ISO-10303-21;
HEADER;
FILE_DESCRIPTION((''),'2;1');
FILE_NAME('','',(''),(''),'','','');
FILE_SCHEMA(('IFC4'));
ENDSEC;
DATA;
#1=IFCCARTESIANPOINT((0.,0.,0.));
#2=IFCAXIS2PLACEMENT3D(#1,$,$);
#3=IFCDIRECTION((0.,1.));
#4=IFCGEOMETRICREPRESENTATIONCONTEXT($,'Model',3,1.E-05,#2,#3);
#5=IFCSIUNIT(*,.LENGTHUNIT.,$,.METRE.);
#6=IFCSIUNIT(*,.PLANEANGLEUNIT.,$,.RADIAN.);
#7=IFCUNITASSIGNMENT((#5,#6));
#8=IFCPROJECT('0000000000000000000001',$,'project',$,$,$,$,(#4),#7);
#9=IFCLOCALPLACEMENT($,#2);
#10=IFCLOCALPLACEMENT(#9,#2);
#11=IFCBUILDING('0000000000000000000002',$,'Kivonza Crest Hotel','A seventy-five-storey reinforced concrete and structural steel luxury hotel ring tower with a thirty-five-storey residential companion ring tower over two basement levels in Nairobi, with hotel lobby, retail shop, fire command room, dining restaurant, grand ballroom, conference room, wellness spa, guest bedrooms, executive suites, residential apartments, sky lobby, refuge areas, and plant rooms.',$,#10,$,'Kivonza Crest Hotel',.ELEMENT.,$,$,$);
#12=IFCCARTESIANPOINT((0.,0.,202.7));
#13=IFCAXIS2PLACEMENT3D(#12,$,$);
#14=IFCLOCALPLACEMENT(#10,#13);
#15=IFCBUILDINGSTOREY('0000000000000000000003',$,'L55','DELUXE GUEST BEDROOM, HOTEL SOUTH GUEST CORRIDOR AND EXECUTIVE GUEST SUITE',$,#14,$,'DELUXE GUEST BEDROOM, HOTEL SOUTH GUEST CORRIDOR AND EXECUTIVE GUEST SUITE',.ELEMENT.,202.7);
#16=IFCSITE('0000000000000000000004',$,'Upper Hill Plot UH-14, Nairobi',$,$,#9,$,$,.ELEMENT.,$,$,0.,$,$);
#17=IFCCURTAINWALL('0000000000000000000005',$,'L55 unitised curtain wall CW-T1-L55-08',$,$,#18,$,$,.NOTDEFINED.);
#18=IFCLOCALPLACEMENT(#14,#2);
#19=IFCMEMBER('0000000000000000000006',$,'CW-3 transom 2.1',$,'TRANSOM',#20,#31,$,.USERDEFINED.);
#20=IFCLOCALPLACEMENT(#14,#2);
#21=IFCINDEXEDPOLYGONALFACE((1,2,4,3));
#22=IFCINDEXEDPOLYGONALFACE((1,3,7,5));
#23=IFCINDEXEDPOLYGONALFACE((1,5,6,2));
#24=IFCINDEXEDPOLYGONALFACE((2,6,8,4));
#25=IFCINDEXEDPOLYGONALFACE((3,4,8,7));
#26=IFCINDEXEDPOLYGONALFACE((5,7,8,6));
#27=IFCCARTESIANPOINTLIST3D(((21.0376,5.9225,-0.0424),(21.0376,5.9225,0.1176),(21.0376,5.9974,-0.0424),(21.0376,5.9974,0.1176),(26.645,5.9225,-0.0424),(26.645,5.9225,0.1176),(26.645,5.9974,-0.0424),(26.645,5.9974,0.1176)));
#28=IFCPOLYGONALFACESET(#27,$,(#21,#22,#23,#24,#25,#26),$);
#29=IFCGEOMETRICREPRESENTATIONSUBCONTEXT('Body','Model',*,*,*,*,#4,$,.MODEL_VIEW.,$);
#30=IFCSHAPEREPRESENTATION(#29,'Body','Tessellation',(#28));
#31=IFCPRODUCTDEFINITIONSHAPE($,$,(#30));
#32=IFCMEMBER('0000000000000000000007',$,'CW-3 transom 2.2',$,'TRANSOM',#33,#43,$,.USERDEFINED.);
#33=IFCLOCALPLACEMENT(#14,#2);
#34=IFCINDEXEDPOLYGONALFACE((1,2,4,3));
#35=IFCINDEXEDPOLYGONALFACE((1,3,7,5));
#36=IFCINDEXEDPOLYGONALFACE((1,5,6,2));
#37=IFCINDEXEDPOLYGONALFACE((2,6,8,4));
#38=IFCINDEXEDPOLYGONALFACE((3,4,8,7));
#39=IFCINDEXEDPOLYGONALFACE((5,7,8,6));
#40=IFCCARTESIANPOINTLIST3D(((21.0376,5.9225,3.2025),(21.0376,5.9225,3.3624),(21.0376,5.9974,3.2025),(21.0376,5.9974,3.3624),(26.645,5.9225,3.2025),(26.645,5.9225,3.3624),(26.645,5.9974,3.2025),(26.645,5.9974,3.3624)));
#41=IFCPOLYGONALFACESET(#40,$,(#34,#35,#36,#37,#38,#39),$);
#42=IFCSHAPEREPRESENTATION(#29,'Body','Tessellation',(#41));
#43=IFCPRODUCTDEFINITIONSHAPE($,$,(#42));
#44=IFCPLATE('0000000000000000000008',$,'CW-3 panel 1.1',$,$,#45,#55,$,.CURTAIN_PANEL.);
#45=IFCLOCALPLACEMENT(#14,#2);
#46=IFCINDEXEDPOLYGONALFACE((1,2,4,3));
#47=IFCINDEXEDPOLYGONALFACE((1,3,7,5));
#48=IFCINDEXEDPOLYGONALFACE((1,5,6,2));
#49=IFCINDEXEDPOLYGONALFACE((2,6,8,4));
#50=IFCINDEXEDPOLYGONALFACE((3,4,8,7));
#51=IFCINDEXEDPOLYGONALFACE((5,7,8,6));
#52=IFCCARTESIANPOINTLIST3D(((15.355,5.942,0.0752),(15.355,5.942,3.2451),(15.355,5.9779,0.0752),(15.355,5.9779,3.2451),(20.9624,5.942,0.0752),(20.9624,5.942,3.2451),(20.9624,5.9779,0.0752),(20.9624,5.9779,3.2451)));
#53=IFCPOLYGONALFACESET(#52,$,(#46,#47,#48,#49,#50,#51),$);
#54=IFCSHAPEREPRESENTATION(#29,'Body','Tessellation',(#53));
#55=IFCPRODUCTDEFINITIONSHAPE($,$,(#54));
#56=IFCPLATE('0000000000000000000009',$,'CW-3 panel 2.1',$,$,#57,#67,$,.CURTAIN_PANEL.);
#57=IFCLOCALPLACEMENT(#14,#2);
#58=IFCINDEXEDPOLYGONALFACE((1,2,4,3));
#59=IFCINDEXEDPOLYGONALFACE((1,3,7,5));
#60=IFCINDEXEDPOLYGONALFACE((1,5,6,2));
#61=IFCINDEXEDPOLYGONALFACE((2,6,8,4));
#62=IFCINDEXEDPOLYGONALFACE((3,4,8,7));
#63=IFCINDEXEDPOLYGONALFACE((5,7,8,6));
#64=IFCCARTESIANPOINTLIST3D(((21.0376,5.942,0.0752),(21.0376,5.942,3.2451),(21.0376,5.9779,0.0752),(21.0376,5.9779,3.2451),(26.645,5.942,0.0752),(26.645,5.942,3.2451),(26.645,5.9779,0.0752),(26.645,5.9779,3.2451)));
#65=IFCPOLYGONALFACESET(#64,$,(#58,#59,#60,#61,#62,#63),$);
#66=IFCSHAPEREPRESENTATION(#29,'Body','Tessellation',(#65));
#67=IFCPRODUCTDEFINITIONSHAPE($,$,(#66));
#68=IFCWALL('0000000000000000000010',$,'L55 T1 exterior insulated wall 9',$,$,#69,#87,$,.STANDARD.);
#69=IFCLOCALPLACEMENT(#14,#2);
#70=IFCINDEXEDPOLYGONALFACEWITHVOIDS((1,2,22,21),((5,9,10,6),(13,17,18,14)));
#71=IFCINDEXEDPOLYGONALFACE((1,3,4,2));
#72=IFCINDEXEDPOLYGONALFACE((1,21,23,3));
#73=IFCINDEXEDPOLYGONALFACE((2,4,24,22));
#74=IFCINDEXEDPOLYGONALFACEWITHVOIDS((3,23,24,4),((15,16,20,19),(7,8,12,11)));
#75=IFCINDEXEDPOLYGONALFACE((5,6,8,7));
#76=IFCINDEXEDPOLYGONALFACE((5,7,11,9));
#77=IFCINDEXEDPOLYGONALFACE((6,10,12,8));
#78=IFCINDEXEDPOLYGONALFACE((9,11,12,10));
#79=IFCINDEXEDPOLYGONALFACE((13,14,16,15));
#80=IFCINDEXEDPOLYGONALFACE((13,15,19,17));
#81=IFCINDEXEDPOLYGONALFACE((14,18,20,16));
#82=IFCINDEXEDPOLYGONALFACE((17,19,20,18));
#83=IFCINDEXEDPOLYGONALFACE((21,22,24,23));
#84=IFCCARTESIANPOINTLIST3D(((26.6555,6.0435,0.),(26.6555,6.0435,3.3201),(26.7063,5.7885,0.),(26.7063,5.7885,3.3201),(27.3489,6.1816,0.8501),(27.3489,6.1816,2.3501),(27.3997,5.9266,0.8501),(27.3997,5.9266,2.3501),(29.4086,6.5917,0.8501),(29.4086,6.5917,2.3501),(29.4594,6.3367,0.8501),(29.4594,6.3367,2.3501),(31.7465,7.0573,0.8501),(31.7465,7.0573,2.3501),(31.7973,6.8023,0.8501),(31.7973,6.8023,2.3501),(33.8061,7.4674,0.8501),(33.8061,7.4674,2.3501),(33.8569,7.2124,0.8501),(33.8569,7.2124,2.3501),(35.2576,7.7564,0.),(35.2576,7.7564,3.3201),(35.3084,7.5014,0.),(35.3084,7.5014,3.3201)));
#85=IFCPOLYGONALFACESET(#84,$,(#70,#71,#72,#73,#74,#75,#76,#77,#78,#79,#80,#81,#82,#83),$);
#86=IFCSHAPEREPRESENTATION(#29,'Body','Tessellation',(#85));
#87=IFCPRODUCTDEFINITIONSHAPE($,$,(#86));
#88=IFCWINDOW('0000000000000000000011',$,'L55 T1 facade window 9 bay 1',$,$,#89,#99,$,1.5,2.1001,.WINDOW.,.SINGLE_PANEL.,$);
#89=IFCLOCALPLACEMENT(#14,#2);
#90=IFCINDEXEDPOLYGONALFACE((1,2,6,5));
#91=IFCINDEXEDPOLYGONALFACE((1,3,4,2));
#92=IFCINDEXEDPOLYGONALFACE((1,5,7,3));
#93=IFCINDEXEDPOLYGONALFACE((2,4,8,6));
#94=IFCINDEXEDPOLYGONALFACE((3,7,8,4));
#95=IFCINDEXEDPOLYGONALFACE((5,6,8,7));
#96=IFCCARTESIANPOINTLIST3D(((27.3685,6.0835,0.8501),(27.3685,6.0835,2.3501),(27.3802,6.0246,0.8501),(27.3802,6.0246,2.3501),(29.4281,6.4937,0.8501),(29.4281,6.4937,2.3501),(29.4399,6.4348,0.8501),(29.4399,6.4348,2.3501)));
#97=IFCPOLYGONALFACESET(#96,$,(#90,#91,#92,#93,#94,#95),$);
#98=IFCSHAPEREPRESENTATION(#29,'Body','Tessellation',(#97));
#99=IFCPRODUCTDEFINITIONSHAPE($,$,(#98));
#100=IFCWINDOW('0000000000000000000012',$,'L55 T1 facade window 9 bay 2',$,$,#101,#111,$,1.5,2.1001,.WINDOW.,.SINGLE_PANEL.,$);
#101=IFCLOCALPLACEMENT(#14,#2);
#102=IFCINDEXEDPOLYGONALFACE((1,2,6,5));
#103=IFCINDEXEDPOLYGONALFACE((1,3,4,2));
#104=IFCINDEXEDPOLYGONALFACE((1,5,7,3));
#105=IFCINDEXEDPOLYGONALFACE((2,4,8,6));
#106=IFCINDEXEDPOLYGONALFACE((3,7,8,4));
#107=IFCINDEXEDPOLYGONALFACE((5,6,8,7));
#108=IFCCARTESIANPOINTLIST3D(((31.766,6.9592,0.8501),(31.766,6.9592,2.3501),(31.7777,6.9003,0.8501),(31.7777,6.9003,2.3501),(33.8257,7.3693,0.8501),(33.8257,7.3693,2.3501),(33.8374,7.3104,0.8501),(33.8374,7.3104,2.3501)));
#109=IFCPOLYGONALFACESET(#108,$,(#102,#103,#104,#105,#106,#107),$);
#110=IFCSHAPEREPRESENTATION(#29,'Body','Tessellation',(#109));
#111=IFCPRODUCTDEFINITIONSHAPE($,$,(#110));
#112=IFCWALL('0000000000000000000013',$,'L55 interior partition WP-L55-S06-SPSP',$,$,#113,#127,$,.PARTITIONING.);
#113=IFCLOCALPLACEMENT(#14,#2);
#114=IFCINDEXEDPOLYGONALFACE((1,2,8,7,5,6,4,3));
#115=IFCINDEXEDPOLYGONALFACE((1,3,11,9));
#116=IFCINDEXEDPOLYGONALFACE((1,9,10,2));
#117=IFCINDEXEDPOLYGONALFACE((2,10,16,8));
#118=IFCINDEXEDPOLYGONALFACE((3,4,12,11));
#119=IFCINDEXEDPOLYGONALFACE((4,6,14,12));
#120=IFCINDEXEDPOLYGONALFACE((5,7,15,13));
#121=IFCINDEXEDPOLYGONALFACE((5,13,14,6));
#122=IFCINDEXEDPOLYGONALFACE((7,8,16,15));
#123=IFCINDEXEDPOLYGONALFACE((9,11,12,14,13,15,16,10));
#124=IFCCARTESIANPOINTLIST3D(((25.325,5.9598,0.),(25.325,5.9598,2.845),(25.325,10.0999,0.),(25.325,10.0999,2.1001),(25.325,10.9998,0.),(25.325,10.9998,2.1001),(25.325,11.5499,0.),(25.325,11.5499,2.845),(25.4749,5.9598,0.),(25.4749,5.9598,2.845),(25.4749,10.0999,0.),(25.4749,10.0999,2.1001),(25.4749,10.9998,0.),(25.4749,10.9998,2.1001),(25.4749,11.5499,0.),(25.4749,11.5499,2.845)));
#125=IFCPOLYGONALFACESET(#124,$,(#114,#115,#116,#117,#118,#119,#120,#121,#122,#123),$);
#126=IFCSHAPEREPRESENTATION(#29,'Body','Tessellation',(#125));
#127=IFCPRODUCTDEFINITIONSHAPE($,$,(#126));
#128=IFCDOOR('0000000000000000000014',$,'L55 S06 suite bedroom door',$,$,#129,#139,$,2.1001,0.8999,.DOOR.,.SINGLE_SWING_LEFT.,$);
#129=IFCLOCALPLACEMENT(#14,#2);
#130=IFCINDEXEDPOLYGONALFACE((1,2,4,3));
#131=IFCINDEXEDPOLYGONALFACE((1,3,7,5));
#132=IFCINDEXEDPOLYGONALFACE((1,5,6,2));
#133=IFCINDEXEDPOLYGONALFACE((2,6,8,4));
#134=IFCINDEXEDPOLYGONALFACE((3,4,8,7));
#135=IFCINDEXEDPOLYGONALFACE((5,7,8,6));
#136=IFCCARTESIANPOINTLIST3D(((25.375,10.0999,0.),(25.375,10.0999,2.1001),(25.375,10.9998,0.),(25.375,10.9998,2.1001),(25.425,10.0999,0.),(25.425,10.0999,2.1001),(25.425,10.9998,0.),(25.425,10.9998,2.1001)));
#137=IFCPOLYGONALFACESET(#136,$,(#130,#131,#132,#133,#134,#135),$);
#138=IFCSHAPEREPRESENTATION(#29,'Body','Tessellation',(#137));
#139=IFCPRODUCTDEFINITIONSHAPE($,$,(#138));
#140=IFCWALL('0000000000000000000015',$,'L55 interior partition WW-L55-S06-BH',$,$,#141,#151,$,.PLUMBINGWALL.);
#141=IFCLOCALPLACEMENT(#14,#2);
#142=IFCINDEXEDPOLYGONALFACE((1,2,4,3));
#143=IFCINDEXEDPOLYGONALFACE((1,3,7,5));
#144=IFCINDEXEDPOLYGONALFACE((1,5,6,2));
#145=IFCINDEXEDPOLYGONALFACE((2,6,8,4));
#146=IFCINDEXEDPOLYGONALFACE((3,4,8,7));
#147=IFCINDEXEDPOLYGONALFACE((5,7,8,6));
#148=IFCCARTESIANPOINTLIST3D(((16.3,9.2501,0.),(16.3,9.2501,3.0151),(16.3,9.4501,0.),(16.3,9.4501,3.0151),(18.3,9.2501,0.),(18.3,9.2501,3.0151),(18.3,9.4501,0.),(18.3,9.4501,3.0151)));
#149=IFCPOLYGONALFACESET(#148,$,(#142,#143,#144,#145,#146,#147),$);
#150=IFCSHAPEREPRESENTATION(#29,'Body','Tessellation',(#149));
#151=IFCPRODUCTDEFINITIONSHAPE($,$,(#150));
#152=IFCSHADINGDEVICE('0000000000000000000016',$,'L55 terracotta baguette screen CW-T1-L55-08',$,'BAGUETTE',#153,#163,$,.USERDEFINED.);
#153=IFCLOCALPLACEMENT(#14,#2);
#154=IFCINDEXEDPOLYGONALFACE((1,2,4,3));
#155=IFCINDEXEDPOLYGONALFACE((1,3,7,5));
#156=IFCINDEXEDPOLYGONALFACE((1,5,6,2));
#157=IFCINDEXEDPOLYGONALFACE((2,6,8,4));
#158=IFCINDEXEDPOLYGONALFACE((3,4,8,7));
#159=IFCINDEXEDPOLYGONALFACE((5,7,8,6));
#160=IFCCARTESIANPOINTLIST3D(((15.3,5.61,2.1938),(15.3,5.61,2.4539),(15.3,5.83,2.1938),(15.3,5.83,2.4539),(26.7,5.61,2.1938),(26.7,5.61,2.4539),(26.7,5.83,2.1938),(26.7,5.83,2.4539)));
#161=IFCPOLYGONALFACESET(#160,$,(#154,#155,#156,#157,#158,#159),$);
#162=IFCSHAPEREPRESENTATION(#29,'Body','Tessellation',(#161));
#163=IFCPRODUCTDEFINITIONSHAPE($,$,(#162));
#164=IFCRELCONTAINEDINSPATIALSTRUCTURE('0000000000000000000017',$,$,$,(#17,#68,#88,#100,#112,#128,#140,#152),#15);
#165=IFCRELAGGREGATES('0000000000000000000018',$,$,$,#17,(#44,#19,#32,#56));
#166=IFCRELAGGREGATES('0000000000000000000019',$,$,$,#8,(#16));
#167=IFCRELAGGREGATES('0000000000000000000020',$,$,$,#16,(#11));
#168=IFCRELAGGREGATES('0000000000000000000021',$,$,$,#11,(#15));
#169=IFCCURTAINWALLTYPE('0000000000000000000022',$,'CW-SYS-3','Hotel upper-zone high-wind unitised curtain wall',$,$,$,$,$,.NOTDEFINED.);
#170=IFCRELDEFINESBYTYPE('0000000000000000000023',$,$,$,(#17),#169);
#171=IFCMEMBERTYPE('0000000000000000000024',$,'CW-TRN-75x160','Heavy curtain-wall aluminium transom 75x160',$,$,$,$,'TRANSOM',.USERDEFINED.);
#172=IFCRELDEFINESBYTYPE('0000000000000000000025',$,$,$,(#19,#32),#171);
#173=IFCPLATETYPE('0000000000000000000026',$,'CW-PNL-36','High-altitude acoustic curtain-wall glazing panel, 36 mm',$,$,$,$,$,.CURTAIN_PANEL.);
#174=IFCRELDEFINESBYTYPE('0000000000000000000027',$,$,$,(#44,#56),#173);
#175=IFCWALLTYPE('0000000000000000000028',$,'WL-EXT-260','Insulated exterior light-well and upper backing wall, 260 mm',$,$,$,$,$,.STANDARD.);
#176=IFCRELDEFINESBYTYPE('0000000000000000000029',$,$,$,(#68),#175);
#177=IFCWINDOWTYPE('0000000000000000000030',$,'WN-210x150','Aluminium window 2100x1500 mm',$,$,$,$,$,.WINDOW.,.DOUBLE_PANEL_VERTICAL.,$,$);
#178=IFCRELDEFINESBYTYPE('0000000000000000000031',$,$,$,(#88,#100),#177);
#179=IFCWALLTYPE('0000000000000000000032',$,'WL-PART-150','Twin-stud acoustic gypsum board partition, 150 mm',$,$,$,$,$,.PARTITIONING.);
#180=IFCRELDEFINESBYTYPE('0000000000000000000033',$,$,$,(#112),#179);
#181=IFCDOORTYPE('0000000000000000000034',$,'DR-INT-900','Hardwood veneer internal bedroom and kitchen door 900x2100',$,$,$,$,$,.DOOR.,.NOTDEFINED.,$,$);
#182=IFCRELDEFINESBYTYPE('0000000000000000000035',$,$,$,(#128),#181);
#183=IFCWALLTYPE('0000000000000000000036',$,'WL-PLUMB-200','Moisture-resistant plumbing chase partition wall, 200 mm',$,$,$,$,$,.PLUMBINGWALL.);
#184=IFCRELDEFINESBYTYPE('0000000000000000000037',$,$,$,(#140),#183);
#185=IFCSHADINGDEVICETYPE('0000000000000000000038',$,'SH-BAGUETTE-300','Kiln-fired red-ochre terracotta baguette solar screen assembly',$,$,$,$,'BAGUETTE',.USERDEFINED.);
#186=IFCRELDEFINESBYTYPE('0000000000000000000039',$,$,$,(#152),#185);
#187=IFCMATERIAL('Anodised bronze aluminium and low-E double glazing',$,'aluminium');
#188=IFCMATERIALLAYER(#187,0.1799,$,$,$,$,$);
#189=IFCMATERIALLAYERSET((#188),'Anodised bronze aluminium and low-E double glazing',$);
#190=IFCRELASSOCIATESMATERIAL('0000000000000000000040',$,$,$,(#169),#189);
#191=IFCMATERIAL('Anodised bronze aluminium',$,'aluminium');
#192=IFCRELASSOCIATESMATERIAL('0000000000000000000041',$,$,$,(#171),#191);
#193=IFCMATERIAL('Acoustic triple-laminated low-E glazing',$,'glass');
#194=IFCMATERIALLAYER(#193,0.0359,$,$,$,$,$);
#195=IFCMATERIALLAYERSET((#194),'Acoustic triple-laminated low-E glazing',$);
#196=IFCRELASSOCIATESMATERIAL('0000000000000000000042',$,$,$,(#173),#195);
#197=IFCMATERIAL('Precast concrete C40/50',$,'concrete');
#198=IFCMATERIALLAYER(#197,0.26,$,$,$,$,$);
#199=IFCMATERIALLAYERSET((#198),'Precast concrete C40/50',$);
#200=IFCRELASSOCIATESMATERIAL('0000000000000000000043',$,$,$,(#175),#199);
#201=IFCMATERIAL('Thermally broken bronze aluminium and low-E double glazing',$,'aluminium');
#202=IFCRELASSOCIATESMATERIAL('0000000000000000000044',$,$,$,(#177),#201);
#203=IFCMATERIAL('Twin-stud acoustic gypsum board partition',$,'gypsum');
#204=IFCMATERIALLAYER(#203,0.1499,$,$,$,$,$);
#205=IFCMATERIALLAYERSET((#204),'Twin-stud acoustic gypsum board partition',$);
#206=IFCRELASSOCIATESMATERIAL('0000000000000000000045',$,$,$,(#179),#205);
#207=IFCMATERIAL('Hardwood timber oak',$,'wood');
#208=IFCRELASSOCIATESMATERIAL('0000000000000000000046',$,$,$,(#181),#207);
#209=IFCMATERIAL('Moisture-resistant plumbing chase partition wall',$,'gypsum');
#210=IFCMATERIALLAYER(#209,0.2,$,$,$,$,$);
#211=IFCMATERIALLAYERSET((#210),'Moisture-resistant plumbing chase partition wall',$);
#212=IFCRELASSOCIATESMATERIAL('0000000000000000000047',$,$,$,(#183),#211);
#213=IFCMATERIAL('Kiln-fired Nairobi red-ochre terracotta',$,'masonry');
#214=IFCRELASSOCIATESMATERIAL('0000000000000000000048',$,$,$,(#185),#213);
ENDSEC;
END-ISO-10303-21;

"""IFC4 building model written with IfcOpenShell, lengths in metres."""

from ifc_helpers import new_model, si_unit, direction, frame, frame_2d, origin, origin_2d, place, context, subcontext, project, spatial, rectangle, extrude, material, layer, layer_set, material_profile, profile_set, type_object, element, fill, aggregate, save


model = new_model("IFC4")

# Units and contexts
model_context = context("Model", 3, precision=1e-05, world=origin(), true_north=direction((0.0, 1.0)))
body_context = subcontext(model_context, "Body", "Model", "MODEL_VIEW")
ifc_project = project(units=[si_unit("LENGTHUNIT", "METRE"), si_unit("PLANEANGLEUNIT", "RADIAN")], contexts=[model_context])

# Site, building, storey
site_placement = place(None, origin())
site = spatial("IfcSite", under=ifc_project, at=site_placement, Name="Upper Hill Plot UH-14, Nairobi", CompositionType="ELEMENT", RefElevation=0.0)
building_placement = place(site_placement, origin())
building = spatial("IfcBuilding", under=site, at=building_placement, Name="Kivonza Crest Hotel", Description="A seventy-five-storey reinforced concrete and structural steel luxury hotel ring tower with a thirty-five-storey residential companion ring tower over two basement levels in Nairobi, with hotel lobby, retail shop, fire command room, dining restaurant, grand ballroom, conference room, wellness spa, guest bedrooms, executive suites, residential apartments, sky lobby, refuge areas, and plant rooms.", LongName="Kivonza Crest Hotel", CompositionType="ELEMENT")
storey_placement = place(building_placement, frame((0.0, 0.0, 202.7)))
storey = spatial("IfcBuildingStorey", under=building, at=storey_placement, Name="L55", Description="DELUXE GUEST BEDROOM, HOTEL SOUTH GUEST CORRIDOR AND EXECUTIVE GUEST SUITE", LongName="DELUXE GUEST BEDROOM, HOTEL SOUTH GUEST CORRIDOR AND EXECUTIVE GUEST SUITE", CompositionType="ELEMENT", Elevation=202.7)

# Curtain wall, members, plates
ifc_material_1 = material(Name="Anodised bronze aluminium and low-E double glazing", Category="aluminium")
ifc_layer_1 = layer(ifc_material_1, 0.1799)
ifc_layer_set_1 = layer_set([ifc_layer_1], Name="Anodised bronze aluminium and low-E double glazing")
curtain_wall_type = type_object("IfcCurtainWallType", Name="CW-SYS-3", Description="Hotel upper-zone high-wind unitised curtain wall", PredefinedType="NOTDEFINED", material=ifc_layer_set_1)
curtain_wall_placement = place(storey_placement, origin())
curtain_wall = element("IfcCurtainWall", 1, at=curtain_wall_placement, inside=storey, type_object=curtain_wall_type, Name="L55 unitised curtain wall CW-T1-L55-08", PredefinedType="NOTDEFINED")
ifc_material_2 = material(Name="Anodised bronze aluminium", Category="aluminium")
ifc_material_profile_1 = material_profile(ifc_material_2, rectangle(XDim=0.075, YDim=0.1599, at=origin_2d()), Name="CW-T 75x160")
ifc_profile_set_1 = profile_set([ifc_material_profile_1], Name="Anodised bronze aluminium")
member_type_1 = type_object("IfcMemberType", Name="CW-TRN-75x160", Description="Heavy curtain-wall aluminium transom 75x160", ElementType="TRANSOM", PredefinedType="USERDEFINED", material=ifc_profile_set_1)
member_1_placement = place(storey_placement, frame((21.0376, 5.96, 0.0376), z_axis=(1.0, 0.0, 0.0), x_axis=(0.0, 1.0, 0.0)))
member_1 = element("IfcMember", 2, at=member_1_placement, type_object=member_type_1, Name="CW-3 transom 2.1", ObjectType="TRANSOM", PredefinedType="USERDEFINED", context=body_context, shape_type="SweptSolid", body=[
    extrude(rectangle(XDim=0.075, YDim=0.1599, at=origin_2d()), origin(), (0.0, 0.0, 1.0), 5.6074),
])
member_2_placement = place(storey_placement, frame((21.0376, 5.96, 3.2825), z_axis=(1.0, 0.0, 0.0), x_axis=(0.0, 1.0, 0.0)))
member_2 = element("IfcMember", 3, at=member_2_placement, type_object=member_type_1, Name="CW-3 transom 2.2", ObjectType="TRANSOM", PredefinedType="USERDEFINED", context=body_context, shape_type="SweptSolid", body=[
    extrude(rectangle(XDim=0.075, YDim=0.1599, at=origin_2d()), origin(), (0.0, 0.0, 1.0), 5.6074),
])
ifc_material_3 = material(Name="Acoustic triple-laminated low-E glazing", Category="glass")
ifc_layer_2 = layer(ifc_material_3, 0.0359)
ifc_layer_set_2 = layer_set([ifc_layer_2], Name="Acoustic triple-laminated low-E glazing")
plate_type = type_object("IfcPlateType", Name="CW-PNL-36", Description="High-altitude acoustic curtain-wall glazing panel, 36 mm", PredefinedType="CURTAIN_PANEL", material=ifc_layer_set_2)
plate_1_placement = place(storey_placement, frame((18.1587, 5.96, 0.0752), z_axis=(0.0, 0.0, 1.0), x_axis=(1.0, 0.0, 0.0)))
plate_1 = element("IfcPlate", 4, at=plate_1_placement, type_object=plate_type, Name="CW-3 panel 1.1", PredefinedType="CURTAIN_PANEL", context=body_context, shape_type="SweptSolid", body=[
    extrude(rectangle(XDim=5.6074, YDim=0.0359, at=origin_2d()), origin(), (0.0, 0.0, 1.0), 3.1699),
])
plate_2_placement = place(storey_placement, frame((23.8413, 5.96, 0.0752), z_axis=(0.0, 0.0, 1.0), x_axis=(1.0, 0.0, 0.0)))
plate_2 = element("IfcPlate", 5, at=plate_2_placement, type_object=plate_type, Name="CW-3 panel 2.1", PredefinedType="CURTAIN_PANEL", context=body_context, shape_type="SweptSolid", body=[
    extrude(rectangle(XDim=5.6074, YDim=0.0359, at=origin_2d()), origin(), (0.0, 0.0, 1.0), 3.1699),
])
aggregate(curtain_wall, [plate_1, member_1, member_2, plate_2])

# Wall, openings, windows
ifc_material_4 = material(Name="Precast concrete C40/50", Category="concrete")
ifc_layer_3 = layer(ifc_material_4, 0.26)
ifc_layer_set_3 = layer_set([ifc_layer_3], Name="Precast concrete C40/50")
wall_type_1 = type_object("IfcWallType", Name="WL-EXT-260", Description="Insulated exterior light-well and upper backing wall, 260 mm", PredefinedType="STANDARD", material=ifc_layer_set_3)
wall_1_placement = place(storey_placement, frame((26.6809, 5.916, 0.0), z_axis=(0.0, 0.0, 1.0), x_axis=(0.980745, 0.195292, 0.0)))
wall_1 = element("IfcWall", 6, at=wall_1_placement, inside=storey, type_object=wall_type_1, Name="L55 T1 exterior insulated wall 9", PredefinedType="STANDARD", context=body_context, shape_type="SweptSolid", body=[
    extrude(rectangle(XDim=8.771, YDim=0.26, at=frame_2d((4.3855, 0.0))), origin(), (0.0, 0.0, 1.0), 3.3201),
])
opening_1_placement = place(wall_1_placement, frame((0.707, 0.0, 0.8501)))
opening_1 = element("IfcOpeningElement", 7, at=opening_1_placement, cuts=wall_1, PredefinedType="OPENING", context=body_context, shape_type="SweptSolid", body=[
    extrude(rectangle(XDim=2.1001, YDim=1.5, at=frame_2d((1.05, 0.75))), frame((0.0, 0.1401, 0.0), z_axis=(0.0, -1.0, 0.0), x_axis=(1.0, 0.0, 0.0)), (0.0, 0.0, 1.0), 0.28),
])
opening_2_placement = place(wall_1_placement, frame((5.1909, 0.0, 0.8501)))
opening_2 = element("IfcOpeningElement", 8, at=opening_2_placement, cuts=wall_1, PredefinedType="OPENING", context=body_context, shape_type="SweptSolid", body=[
    extrude(rectangle(XDim=2.1001, YDim=1.5, at=frame_2d((1.05, 0.75))), frame((0.0, 0.1401, 0.0), z_axis=(0.0, -1.0, 0.0), x_axis=(1.0, 0.0, 0.0)), (0.0, 0.0, 1.0), 0.28),
])
ifc_material_5 = material(Name="Thermally broken bronze aluminium and low-E double glazing", Category="aluminium")
window_type = type_object("IfcWindowType", Name="WN-210x150", Description="Aluminium window 2100x1500 mm", PartitioningType="DOUBLE_PANEL_VERTICAL", PredefinedType="WINDOW", material=ifc_material_5)
window_1_placement = place(opening_1_placement, origin())
window_1 = element("IfcWindow", 9, at=window_1_placement, inside=storey, type_object=window_type, Name="L55 T1 facade window 9 bay 1", OverallHeight=1.5, OverallWidth=2.1001, PartitioningType="SINGLE_PANEL", PredefinedType="WINDOW", context=body_context, shape_type="SweptSolid", body=[
    extrude(rectangle(XDim=2.1001, YDim=1.5, at=frame_2d((1.05, 0.75))), frame((0.0, 0.03, 0.0), z_axis=(0.0, -1.0, 0.0), x_axis=(1.0, 0.0, 0.0)), (0.0, 0.0, 1.0), 0.0601),
])
fill(opening_1, window_1)
window_2_placement = place(opening_2_placement, origin())
window_2 = element("IfcWindow", 10, at=window_2_placement, inside=storey, type_object=window_type, Name="L55 T1 facade window 9 bay 2", OverallHeight=1.5, OverallWidth=2.1001, PartitioningType="SINGLE_PANEL", PredefinedType="WINDOW", context=body_context, shape_type="SweptSolid", body=[
    extrude(rectangle(XDim=2.1001, YDim=1.5, at=frame_2d((1.05, 0.75))), frame((0.0, 0.03, 0.0), z_axis=(0.0, -1.0, 0.0), x_axis=(1.0, 0.0, 0.0)), (0.0, 0.0, 1.0), 0.0601),
])
fill(opening_2, window_2)

# Wall, opening, door
ifc_material_6 = material(Name="Twin-stud acoustic gypsum board partition", Category="gypsum")
ifc_layer_4 = layer(ifc_material_6, 0.1499)
ifc_layer_set_4 = layer_set([ifc_layer_4], Name="Twin-stud acoustic gypsum board partition")
wall_type_2 = type_object("IfcWallType", Name="WL-PART-150", Description="Twin-stud acoustic gypsum board partition, 150 mm", PredefinedType="PARTITIONING", material=ifc_layer_set_4)
wall_2_placement = place(storey_placement, frame((25.3999, 5.96, 0.0), z_axis=(0.0, 0.0, 1.0), x_axis=(0.0, 1.0, 0.0)))
wall_2 = element("IfcWall", 11, at=wall_2_placement, inside=storey, type_object=wall_type_2, Name="L55 interior partition WP-L55-S06-SPSP", PredefinedType="PARTITIONING", context=body_context, shape_type="SweptSolid", body=[
    extrude(rectangle(XDim=5.5901, YDim=0.1499, at=frame_2d((2.7949, 0.0))), origin(), (0.0, 0.0, 1.0), 2.845),
])
opening_3_placement = place(wall_2_placement, frame((4.1399, 0.0, 0.0)))
opening_3 = element("IfcOpeningElement", 12, at=opening_3_placement, cuts=wall_2, PredefinedType="OPENING", context=body_context, shape_type="SweptSolid", body=[
    extrude(rectangle(XDim=0.8999, YDim=2.1001, at=frame_2d((0.45, 1.05))), frame((0.0, 0.085, 0.0), z_axis=(0.0, -1.0, 0.0), x_axis=(1.0, 0.0, 0.0)), (0.0, 0.0, 1.0), 0.1699),
])
ifc_material_7 = material(Name="Hardwood timber oak", Category="wood")
door_type = type_object("IfcDoorType", Name="DR-INT-900", Description="Hardwood veneer internal bedroom and kitchen door 900x2100", OperationType="NOTDEFINED", PredefinedType="DOOR", material=ifc_material_7)
door_placement = place(opening_3_placement, origin())
door = element("IfcDoor", 13, at=door_placement, inside=storey, type_object=door_type, Name="L55 S06 suite bedroom door", OperationType="SINGLE_SWING_LEFT", OverallHeight=2.1001, OverallWidth=0.8999, PredefinedType="DOOR", context=body_context, shape_type="SweptSolid", body=[
    extrude(rectangle(XDim=0.8999, YDim=2.1001, at=frame_2d((0.45, 1.05))), frame((0.0, 0.0249, 0.0), z_axis=(0.0, -1.0, 0.0), x_axis=(1.0, 0.0, 0.0)), (0.0, 0.0, 1.0), 0.05),
])
fill(opening_3, door)

# Wall
ifc_material_8 = material(Name="Moisture-resistant plumbing chase partition wall", Category="gypsum")
ifc_layer_5 = layer(ifc_material_8, 0.2)
ifc_layer_set_5 = layer_set([ifc_layer_5], Name="Moisture-resistant plumbing chase partition wall")
wall_type_3 = type_object("IfcWallType", Name="WL-PLUMB-200", Description="Moisture-resistant plumbing chase partition wall, 200 mm", PredefinedType="PLUMBINGWALL", material=ifc_layer_set_5)
wall_3_placement = place(storey_placement, frame((16.3, 9.3501, 0.0), z_axis=(0.0, 0.0, 1.0), x_axis=(1.0, 0.0, 0.0)))
element("IfcWall", 14, at=wall_3_placement, inside=storey, type_object=wall_type_3, Name="L55 interior partition WW-L55-S06-BH", PredefinedType="PLUMBINGWALL", context=body_context, shape_type="SweptSolid", body=[
    extrude(rectangle(XDim=2.0, YDim=0.2, at=frame_2d((1.0, 0.0))), origin(), (0.0, 0.0, 1.0), 3.0151),
])

# Shading device
ifc_material_9 = material(Name="Kiln-fired Nairobi red-ochre terracotta", Category="masonry")
shading_device_type_1 = type_object("IfcShadingDeviceType", Name="SH-BAGUETTE-300", Description="Kiln-fired red-ochre terracotta baguette solar screen assembly", ElementType="BAGUETTE", PredefinedType="USERDEFINED", material=ifc_material_9)
shading_device_placement = place(storey_placement, frame((21.0, 5.72, 2.1938), z_axis=(0.0, 0.0, 1.0), x_axis=(1.0, 0.0, 0.0)))
element("IfcShadingDevice", 15, at=shading_device_placement, inside=storey, type_object=shading_device_type_1, Name="L55 terracotta baguette screen CW-T1-L55-08", ObjectType="BAGUETTE", PredefinedType="USERDEFINED", context=body_context, shape_type="SweptSolid", body=[
    extrude(rectangle(XDim=11.3999, YDim=0.22, at=origin_2d()), origin(), (0.0, 0.0, 1.0), 0.26),
])

save(model, "model.ifc")
